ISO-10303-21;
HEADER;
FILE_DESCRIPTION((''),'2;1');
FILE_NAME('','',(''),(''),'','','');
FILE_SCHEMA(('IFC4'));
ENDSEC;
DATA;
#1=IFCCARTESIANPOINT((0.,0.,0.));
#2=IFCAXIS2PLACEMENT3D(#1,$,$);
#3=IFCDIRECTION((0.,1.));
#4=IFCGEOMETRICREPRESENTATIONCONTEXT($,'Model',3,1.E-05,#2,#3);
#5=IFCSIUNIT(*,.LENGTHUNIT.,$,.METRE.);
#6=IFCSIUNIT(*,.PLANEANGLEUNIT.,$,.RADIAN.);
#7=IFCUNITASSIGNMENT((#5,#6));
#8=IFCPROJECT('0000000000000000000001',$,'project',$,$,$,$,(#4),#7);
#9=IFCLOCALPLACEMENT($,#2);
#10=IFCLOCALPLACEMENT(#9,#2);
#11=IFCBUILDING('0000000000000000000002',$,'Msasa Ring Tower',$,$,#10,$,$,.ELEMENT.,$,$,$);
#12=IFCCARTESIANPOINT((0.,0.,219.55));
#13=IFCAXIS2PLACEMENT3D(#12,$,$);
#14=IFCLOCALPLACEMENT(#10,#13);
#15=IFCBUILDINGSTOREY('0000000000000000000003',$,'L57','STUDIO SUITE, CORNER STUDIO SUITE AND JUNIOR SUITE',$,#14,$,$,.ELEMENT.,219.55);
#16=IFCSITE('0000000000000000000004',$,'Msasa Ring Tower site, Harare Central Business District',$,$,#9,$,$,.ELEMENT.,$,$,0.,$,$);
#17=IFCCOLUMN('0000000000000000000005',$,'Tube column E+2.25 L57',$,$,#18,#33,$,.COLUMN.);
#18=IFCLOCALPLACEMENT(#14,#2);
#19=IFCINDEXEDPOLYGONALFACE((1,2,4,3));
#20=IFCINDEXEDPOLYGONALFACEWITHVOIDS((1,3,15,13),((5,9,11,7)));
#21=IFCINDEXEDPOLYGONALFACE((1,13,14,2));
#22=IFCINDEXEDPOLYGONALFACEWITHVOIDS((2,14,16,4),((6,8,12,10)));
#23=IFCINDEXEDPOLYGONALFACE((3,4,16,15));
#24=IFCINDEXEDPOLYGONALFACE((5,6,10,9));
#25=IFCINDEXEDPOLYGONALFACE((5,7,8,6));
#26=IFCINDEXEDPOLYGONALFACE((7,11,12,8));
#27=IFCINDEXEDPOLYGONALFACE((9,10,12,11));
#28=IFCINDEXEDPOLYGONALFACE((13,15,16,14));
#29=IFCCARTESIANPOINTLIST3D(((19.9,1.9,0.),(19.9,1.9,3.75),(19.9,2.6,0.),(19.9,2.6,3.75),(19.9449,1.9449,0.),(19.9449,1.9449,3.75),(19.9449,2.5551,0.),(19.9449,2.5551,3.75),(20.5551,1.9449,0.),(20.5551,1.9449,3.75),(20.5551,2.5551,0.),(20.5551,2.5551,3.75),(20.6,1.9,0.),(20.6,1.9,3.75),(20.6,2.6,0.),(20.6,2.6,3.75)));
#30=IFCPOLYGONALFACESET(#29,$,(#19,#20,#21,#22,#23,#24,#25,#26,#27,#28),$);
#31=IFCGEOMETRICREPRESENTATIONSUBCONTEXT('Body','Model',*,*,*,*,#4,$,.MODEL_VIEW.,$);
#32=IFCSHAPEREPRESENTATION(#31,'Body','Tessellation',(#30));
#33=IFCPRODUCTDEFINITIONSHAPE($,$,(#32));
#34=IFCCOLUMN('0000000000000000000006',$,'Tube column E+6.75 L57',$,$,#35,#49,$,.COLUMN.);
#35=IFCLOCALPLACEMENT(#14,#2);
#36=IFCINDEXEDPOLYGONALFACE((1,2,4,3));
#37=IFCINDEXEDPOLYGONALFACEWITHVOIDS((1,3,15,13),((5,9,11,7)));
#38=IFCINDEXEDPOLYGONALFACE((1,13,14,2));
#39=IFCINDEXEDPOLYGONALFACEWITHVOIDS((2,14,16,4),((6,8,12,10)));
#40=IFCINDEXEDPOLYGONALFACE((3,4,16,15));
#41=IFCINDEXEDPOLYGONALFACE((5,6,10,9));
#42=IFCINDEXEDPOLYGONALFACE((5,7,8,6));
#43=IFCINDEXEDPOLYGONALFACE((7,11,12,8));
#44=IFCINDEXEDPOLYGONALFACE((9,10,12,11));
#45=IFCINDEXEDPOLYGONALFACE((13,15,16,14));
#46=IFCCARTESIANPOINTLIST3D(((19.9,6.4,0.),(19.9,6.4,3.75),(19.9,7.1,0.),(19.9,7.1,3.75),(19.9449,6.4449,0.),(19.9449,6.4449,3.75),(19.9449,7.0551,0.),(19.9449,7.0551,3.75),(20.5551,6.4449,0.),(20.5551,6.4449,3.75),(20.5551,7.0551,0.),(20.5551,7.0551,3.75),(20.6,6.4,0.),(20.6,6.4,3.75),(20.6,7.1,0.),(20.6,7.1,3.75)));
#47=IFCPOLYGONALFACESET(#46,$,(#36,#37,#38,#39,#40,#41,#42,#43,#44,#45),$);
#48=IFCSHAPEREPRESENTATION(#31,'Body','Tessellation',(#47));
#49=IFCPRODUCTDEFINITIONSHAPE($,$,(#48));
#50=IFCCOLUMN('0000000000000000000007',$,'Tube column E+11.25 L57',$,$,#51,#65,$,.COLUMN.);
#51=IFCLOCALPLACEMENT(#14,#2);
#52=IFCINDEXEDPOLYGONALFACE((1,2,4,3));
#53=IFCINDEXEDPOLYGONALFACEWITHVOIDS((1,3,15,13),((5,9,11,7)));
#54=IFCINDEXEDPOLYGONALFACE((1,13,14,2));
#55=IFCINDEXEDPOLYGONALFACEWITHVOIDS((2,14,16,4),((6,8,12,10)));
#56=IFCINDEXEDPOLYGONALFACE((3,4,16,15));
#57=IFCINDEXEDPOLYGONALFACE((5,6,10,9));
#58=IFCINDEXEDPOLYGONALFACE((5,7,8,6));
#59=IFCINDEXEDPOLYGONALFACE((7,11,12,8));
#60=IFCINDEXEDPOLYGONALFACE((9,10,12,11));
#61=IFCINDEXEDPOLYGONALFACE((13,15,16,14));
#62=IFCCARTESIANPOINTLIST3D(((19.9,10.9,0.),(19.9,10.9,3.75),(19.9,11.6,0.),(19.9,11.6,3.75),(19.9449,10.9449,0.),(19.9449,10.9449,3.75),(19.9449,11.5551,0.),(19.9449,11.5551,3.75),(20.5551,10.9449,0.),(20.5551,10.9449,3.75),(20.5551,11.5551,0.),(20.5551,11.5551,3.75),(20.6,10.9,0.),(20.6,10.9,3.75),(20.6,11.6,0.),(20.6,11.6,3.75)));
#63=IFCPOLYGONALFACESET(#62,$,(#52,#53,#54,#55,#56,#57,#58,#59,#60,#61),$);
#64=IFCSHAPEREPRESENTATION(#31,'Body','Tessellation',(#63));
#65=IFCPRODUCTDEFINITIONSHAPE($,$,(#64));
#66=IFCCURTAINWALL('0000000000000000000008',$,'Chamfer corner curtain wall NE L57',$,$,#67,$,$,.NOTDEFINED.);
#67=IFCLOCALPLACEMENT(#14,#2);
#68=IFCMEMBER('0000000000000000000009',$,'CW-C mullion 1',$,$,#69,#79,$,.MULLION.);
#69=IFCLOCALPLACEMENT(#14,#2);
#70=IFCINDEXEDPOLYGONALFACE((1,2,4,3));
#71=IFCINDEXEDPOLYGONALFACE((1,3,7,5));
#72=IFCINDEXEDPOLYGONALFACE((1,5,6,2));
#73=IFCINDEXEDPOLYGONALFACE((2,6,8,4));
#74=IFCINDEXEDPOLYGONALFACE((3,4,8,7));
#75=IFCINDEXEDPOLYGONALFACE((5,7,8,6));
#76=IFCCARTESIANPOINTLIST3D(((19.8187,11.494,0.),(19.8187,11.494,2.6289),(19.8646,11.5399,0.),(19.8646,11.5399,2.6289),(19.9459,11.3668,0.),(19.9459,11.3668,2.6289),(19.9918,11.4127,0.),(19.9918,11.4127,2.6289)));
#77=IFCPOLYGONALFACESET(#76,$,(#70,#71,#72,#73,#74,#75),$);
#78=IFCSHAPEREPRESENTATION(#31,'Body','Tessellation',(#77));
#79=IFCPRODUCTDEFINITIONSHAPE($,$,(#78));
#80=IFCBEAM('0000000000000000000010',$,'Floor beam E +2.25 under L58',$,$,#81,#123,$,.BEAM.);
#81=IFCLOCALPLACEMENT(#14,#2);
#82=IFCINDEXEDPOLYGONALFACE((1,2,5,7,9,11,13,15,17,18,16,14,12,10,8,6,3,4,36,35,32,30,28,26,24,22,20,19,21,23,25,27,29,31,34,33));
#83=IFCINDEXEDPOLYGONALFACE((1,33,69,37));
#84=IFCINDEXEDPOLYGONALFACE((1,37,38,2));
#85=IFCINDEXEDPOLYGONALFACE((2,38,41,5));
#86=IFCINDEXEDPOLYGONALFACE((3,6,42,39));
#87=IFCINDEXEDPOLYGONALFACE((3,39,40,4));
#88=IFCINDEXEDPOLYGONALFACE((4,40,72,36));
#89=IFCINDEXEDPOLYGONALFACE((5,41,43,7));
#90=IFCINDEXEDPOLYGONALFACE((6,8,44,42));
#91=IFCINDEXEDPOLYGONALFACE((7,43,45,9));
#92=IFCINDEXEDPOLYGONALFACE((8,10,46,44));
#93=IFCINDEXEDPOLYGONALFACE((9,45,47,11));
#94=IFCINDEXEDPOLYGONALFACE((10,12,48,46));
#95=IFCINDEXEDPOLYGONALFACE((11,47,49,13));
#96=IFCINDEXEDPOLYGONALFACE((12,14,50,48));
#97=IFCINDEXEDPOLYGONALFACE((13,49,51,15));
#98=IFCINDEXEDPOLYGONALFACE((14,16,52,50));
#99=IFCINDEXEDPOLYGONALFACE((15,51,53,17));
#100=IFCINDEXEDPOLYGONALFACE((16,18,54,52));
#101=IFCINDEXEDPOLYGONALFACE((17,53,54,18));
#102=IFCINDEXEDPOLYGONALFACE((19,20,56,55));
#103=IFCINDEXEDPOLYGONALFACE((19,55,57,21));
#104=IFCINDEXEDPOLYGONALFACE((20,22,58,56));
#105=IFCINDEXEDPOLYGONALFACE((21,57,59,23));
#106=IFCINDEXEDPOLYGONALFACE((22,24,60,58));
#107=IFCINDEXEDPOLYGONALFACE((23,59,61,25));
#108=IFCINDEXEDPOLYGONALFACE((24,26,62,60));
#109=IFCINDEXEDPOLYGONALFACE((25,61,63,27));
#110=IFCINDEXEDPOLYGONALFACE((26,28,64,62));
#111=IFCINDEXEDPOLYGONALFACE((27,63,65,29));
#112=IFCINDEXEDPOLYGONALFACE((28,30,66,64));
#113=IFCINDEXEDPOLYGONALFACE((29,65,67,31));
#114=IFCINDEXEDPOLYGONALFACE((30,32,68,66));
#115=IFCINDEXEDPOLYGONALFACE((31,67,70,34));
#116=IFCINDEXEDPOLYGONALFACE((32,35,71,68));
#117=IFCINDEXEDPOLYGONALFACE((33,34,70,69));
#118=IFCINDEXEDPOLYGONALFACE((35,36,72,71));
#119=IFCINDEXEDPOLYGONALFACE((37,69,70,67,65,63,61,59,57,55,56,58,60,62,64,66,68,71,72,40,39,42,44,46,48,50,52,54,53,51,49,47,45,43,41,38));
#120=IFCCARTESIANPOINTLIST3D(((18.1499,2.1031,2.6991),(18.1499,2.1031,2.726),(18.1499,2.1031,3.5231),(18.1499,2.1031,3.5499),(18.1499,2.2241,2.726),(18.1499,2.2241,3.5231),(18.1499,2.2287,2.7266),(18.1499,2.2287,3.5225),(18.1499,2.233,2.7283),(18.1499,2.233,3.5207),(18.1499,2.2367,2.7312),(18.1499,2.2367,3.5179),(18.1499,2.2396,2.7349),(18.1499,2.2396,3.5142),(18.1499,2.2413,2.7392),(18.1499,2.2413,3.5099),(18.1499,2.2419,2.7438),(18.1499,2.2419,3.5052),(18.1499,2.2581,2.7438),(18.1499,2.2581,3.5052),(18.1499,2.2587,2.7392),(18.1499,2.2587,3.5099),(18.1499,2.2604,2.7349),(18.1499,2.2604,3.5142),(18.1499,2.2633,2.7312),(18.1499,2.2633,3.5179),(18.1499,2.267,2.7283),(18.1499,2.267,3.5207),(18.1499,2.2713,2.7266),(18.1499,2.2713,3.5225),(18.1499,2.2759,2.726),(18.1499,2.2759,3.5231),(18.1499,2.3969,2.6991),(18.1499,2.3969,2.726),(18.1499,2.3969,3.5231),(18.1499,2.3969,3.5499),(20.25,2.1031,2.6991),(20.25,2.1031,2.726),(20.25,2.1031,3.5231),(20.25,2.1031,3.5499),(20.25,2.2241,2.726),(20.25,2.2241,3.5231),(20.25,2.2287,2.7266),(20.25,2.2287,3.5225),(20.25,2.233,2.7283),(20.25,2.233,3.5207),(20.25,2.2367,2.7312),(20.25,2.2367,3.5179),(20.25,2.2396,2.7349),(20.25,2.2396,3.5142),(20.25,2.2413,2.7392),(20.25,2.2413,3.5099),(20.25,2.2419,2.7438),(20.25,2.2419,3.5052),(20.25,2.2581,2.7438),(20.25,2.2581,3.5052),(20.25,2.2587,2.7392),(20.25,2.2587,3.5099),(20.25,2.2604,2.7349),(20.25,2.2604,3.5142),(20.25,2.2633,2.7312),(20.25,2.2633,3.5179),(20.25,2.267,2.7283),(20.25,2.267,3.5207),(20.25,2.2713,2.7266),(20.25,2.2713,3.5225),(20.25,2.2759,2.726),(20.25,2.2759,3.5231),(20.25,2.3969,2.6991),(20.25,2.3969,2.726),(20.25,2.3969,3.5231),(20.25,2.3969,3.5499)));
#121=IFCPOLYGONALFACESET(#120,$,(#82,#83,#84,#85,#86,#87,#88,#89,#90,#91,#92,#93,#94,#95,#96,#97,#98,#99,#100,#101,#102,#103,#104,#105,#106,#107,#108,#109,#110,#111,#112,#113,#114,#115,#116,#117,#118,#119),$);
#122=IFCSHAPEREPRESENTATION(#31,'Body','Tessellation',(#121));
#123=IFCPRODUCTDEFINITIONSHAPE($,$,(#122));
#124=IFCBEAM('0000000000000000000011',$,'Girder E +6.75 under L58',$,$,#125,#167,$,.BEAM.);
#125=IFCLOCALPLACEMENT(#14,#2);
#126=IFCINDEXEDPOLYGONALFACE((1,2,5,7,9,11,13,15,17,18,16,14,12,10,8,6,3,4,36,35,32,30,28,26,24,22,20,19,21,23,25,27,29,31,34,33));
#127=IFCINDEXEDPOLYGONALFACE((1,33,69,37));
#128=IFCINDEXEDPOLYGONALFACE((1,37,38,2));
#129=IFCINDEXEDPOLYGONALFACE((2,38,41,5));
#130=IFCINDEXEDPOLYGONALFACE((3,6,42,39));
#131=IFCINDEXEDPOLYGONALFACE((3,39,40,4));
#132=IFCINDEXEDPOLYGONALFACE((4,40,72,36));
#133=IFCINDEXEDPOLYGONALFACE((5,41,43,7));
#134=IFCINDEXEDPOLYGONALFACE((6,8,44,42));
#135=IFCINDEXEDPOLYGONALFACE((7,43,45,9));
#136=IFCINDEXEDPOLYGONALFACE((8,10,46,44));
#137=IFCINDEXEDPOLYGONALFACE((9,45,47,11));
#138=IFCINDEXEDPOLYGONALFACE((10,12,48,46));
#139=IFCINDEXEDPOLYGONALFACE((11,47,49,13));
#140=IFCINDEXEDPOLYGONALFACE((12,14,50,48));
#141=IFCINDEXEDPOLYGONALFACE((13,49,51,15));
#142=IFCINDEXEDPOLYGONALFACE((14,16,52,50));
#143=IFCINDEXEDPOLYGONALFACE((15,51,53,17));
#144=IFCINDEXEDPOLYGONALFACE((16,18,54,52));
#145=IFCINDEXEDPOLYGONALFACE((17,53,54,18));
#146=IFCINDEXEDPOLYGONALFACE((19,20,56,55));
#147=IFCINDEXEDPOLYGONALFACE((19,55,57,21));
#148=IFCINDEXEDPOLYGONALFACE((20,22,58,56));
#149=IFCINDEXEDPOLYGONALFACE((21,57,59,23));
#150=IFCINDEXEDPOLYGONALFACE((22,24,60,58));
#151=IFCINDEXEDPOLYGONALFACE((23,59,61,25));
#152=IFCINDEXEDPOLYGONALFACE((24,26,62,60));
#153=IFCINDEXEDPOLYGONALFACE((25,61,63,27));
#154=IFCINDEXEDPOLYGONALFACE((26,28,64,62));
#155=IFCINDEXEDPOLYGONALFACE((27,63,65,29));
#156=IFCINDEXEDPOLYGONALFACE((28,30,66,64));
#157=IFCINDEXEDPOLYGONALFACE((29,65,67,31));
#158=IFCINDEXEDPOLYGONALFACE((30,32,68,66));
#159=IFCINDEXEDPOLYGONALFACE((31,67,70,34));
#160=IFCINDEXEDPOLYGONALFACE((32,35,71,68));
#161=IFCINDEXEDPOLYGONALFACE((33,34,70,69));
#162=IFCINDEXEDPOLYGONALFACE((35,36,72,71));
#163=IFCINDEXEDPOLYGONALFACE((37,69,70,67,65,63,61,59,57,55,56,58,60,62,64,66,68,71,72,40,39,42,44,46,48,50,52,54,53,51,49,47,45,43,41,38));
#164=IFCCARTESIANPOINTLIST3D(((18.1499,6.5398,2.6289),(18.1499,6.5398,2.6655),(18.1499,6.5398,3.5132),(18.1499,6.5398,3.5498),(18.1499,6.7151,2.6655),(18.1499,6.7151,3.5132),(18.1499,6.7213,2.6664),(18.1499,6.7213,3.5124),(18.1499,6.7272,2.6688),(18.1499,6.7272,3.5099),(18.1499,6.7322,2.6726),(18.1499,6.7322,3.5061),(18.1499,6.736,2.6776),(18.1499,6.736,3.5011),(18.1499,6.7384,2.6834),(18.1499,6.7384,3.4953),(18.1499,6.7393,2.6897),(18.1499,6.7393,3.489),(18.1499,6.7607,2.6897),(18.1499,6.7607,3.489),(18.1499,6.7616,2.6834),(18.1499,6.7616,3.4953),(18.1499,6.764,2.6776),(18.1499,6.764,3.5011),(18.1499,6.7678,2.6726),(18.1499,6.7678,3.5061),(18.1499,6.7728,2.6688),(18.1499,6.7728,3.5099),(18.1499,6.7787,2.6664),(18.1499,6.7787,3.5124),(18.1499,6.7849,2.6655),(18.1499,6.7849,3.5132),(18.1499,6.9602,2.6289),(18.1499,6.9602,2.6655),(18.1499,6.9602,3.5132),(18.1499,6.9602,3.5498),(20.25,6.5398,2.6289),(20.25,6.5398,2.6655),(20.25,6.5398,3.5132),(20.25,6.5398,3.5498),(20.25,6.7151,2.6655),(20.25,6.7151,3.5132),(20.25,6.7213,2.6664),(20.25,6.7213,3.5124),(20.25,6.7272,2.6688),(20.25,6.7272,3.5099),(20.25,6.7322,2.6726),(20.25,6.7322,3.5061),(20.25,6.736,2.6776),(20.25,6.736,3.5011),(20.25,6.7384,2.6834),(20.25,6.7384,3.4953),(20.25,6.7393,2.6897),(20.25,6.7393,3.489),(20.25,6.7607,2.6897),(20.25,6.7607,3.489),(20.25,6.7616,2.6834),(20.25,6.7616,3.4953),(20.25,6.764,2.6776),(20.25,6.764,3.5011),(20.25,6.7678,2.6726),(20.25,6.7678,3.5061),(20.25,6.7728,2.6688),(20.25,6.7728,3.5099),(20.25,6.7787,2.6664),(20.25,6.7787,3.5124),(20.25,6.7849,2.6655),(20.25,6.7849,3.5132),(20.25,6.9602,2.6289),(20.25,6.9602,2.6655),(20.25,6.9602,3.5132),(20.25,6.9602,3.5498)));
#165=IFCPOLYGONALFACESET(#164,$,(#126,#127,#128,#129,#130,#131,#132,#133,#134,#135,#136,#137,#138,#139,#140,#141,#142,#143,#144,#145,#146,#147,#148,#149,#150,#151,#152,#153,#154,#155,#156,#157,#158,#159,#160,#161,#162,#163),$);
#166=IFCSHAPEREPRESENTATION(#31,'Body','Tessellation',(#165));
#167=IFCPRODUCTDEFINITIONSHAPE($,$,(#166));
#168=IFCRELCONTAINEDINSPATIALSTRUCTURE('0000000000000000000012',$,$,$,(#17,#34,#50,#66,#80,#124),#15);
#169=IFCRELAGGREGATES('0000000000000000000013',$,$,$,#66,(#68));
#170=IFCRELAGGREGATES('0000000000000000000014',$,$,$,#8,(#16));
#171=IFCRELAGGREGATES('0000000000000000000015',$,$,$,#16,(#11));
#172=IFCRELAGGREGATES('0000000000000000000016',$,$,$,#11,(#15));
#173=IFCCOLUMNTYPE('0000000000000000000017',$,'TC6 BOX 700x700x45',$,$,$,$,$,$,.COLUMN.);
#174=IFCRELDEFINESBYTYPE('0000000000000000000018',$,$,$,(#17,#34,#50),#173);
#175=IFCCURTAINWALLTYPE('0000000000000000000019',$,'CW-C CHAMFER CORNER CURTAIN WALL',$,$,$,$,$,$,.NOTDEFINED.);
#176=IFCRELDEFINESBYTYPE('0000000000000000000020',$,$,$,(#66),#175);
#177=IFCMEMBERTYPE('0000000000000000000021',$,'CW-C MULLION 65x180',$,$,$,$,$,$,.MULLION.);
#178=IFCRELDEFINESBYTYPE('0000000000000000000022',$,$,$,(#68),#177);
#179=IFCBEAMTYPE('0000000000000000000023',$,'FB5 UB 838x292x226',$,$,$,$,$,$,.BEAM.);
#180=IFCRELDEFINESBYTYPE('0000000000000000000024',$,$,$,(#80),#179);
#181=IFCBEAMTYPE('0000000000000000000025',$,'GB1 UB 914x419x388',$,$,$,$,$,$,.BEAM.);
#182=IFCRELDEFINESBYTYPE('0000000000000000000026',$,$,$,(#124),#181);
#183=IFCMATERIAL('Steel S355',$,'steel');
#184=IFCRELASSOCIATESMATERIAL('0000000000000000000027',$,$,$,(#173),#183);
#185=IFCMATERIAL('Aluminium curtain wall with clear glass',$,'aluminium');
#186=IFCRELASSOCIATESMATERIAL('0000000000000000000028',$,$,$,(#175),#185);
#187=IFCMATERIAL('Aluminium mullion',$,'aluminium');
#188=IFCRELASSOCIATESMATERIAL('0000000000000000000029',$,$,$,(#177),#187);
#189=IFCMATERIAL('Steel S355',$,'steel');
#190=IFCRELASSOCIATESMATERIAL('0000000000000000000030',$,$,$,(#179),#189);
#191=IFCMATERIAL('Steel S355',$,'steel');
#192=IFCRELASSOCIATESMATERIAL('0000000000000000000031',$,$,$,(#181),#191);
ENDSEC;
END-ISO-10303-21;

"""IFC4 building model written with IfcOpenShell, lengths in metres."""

from ifc_helpers import new_model, si_unit, direction, frame, origin, origin_2d, place, context, subcontext, project, spatial, rectangle, hollow_rectangle, i_section, extrude, material, material_profile, profile_set, type_object, element, aggregate, save


model = new_model("IFC4")

# Units and contexts
model_context = context("Model", 3, precision=1e-05, world=origin(), true_north=direction((0.0, 1.0)))
body_context = subcontext(model_context, "Body", "Model", "MODEL_VIEW")
ifc_project = project(units=[si_unit("LENGTHUNIT", "METRE"), si_unit("PLANEANGLEUNIT", "RADIAN")], contexts=[model_context])

# Site, building, storey
site_placement = place(None, origin())
site = spatial("IfcSite", under=ifc_project, at=site_placement, Name="Msasa Ring Tower site, Harare Central Business District", CompositionType="ELEMENT", RefElevation=0.0)
building_placement = place(site_placement, origin())
building = spatial("IfcBuilding", under=site, at=building_placement, Name="Msasa Ring Tower", CompositionType="ELEMENT")
storey_placement = place(building_placement, frame((0.0, 0.0, 219.55)))
storey = spatial("IfcBuildingStorey", under=building, at=storey_placement, Name="L57", Description="STUDIO SUITE, CORNER STUDIO SUITE AND JUNIOR SUITE", CompositionType="ELEMENT", Elevation=219.55)

# Columns
ifc_material_1 = material(Name="Steel S355", Category="steel")
ifc_material_profile_1 = material_profile(ifc_material_1, hollow_rectangle(XDim=0.7, YDim=0.7, WallThickness=0.0449, at=origin_2d()), Name="BOX 700x700x45")
ifc_profile_set_1 = profile_set([ifc_material_profile_1], Name="Steel S355")
column_type = type_object("IfcColumnType", Name="TC6 BOX 700x700x45", PredefinedType="COLUMN", material=ifc_profile_set_1)
for number, where, z_axis, x_axis, name in (
    (1, (20.25, 2.25, 0.0), (0.0, 0.0, 1.0), (1.0, 0.0, 0.0), "Tube column E+2.25 L57"),
    (2, (20.25, 6.75, 0.0), (0.0, 0.0, 1.0), (1.0, 0.0, 0.0), "Tube column E+6.75 L57"),
    (3, (20.25, 11.25, 0.0), (0.0, 0.0, 1.0), (1.0, 0.0, 0.0), "Tube column E+11.25 L57"),
):
    element("IfcColumn", number, at=place(storey_placement, frame(where, z_axis=z_axis, x_axis=x_axis)), inside=storey, type_object=column_type, Name=name, PredefinedType="COLUMN", context=body_context, shape_type="SweptSolid", body=[
        extrude(hollow_rectangle(XDim=0.7, YDim=0.7, WallThickness=0.0449, at=origin_2d()), origin(), (0.0, 0.0, 1.0), 3.75),
    ])

# Curtain wall, member
ifc_material_2 = material(Name="Aluminium curtain wall with clear glass", Category="aluminium")
curtain_wall_type = type_object("IfcCurtainWallType", Name="CW-C CHAMFER CORNER CURTAIN WALL", PredefinedType="NOTDEFINED", material=ifc_material_2)
curtain_wall_placement = place(storey_placement, origin())
curtain_wall = element("IfcCurtainWall", 4, at=curtain_wall_placement, inside=storey, type_object=curtain_wall_type, Name="Chamfer corner curtain wall NE L57", PredefinedType="NOTDEFINED")
ifc_material_3 = material(Name="Aluminium mullion", Category="aluminium")
ifc_material_profile_2 = material_profile(ifc_material_3, rectangle(XDim=0.0649, YDim=0.1799, at=origin_2d()), Name="AL 65x180")
ifc_profile_set_2 = profile_set([ifc_material_profile_2], Name="Aluminium mullion")
member_type = type_object("IfcMemberType", Name="CW-C MULLION 65x180", PredefinedType="MULLION", material=ifc_profile_set_2)
member_placement = place(storey_placement, frame((19.9053, 11.4534, 0.0), z_axis=(0.0, 0.0, 1.0), x_axis=(-0.707107, -0.707107, 0.0)))
member = element("IfcMember", 5, at=member_placement, type_object=member_type, Name="CW-C mullion 1", PredefinedType="MULLION", context=body_context, shape_type="SweptSolid", body=[
    extrude(rectangle(XDim=0.0649, YDim=0.1799, at=origin_2d()), origin(), (0.0, 0.0, 1.0), 2.6289),
])
aggregate(curtain_wall, [member])

# Beams
ifc_material_4 = material(Name="Steel S355", Category="steel")
ifc_material_profile_3 = material_profile(ifc_material_4, i_section(OverallWidth=0.2937, OverallDepth=0.8508, WebThickness=0.0161, FlangeThickness=0.0269, FilletRadius=0.0178, at=origin_2d()), Name="UB 838x292x226")
ifc_profile_set_3 = profile_set([ifc_material_profile_3], Name="Steel S355")
beam_type_1 = type_object("IfcBeamType", Name="FB5 UB 838x292x226", PredefinedType="BEAM", material=ifc_profile_set_3)
beam_1_placement = place(storey_placement, frame((20.25, 2.25, 3.1245), z_axis=(-1.0, 0.0, 0.0), x_axis=(0.0, -1.0, 0.0)))
element("IfcBeam", 6, at=beam_1_placement, inside=storey, type_object=beam_type_1, Name="Floor beam E +2.25 under L58", PredefinedType="BEAM", context=body_context, shape_type="SweptSolid", body=[
    extrude(i_section(OverallWidth=0.2937, OverallDepth=0.8508, WebThickness=0.0161, FlangeThickness=0.0269, FilletRadius=0.0178, at=origin_2d()), origin(), (0.0, 0.0, 1.0), 2.1001),
])
ifc_material_5 = material(Name="Steel S355", Category="steel")
ifc_material_profile_4 = material_profile(ifc_material_5, i_section(OverallWidth=0.4204, OverallDepth=0.9209, WebThickness=0.0215, FlangeThickness=0.0366, FilletRadius=0.0242, at=origin_2d()), Name="UB 914x419x388")
ifc_profile_set_4 = profile_set([ifc_material_profile_4], Name="Steel S355")
beam_type_2 = type_object("IfcBeamType", Name="GB1 UB 914x419x388", PredefinedType="BEAM", material=ifc_profile_set_4)
beam_2_placement = place(storey_placement, frame((18.1499, 6.75, 3.0894), z_axis=(1.0, 0.0, 0.0), x_axis=(0.0, 1.0, 0.0)))
element("IfcBeam", 7, at=beam_2_placement, inside=storey, type_object=beam_type_2, Name="Girder E +6.75 under L58", PredefinedType="BEAM", context=body_context, shape_type="SweptSolid", body=[
    extrude(i_section(OverallWidth=0.4204, OverallDepth=0.9209, WebThickness=0.0215, FlangeThickness=0.0366, FilletRadius=0.0242, at=origin_2d()), origin(), (0.0, 0.0, 1.0), 2.1001),
])

save(model, "model.ifc")
